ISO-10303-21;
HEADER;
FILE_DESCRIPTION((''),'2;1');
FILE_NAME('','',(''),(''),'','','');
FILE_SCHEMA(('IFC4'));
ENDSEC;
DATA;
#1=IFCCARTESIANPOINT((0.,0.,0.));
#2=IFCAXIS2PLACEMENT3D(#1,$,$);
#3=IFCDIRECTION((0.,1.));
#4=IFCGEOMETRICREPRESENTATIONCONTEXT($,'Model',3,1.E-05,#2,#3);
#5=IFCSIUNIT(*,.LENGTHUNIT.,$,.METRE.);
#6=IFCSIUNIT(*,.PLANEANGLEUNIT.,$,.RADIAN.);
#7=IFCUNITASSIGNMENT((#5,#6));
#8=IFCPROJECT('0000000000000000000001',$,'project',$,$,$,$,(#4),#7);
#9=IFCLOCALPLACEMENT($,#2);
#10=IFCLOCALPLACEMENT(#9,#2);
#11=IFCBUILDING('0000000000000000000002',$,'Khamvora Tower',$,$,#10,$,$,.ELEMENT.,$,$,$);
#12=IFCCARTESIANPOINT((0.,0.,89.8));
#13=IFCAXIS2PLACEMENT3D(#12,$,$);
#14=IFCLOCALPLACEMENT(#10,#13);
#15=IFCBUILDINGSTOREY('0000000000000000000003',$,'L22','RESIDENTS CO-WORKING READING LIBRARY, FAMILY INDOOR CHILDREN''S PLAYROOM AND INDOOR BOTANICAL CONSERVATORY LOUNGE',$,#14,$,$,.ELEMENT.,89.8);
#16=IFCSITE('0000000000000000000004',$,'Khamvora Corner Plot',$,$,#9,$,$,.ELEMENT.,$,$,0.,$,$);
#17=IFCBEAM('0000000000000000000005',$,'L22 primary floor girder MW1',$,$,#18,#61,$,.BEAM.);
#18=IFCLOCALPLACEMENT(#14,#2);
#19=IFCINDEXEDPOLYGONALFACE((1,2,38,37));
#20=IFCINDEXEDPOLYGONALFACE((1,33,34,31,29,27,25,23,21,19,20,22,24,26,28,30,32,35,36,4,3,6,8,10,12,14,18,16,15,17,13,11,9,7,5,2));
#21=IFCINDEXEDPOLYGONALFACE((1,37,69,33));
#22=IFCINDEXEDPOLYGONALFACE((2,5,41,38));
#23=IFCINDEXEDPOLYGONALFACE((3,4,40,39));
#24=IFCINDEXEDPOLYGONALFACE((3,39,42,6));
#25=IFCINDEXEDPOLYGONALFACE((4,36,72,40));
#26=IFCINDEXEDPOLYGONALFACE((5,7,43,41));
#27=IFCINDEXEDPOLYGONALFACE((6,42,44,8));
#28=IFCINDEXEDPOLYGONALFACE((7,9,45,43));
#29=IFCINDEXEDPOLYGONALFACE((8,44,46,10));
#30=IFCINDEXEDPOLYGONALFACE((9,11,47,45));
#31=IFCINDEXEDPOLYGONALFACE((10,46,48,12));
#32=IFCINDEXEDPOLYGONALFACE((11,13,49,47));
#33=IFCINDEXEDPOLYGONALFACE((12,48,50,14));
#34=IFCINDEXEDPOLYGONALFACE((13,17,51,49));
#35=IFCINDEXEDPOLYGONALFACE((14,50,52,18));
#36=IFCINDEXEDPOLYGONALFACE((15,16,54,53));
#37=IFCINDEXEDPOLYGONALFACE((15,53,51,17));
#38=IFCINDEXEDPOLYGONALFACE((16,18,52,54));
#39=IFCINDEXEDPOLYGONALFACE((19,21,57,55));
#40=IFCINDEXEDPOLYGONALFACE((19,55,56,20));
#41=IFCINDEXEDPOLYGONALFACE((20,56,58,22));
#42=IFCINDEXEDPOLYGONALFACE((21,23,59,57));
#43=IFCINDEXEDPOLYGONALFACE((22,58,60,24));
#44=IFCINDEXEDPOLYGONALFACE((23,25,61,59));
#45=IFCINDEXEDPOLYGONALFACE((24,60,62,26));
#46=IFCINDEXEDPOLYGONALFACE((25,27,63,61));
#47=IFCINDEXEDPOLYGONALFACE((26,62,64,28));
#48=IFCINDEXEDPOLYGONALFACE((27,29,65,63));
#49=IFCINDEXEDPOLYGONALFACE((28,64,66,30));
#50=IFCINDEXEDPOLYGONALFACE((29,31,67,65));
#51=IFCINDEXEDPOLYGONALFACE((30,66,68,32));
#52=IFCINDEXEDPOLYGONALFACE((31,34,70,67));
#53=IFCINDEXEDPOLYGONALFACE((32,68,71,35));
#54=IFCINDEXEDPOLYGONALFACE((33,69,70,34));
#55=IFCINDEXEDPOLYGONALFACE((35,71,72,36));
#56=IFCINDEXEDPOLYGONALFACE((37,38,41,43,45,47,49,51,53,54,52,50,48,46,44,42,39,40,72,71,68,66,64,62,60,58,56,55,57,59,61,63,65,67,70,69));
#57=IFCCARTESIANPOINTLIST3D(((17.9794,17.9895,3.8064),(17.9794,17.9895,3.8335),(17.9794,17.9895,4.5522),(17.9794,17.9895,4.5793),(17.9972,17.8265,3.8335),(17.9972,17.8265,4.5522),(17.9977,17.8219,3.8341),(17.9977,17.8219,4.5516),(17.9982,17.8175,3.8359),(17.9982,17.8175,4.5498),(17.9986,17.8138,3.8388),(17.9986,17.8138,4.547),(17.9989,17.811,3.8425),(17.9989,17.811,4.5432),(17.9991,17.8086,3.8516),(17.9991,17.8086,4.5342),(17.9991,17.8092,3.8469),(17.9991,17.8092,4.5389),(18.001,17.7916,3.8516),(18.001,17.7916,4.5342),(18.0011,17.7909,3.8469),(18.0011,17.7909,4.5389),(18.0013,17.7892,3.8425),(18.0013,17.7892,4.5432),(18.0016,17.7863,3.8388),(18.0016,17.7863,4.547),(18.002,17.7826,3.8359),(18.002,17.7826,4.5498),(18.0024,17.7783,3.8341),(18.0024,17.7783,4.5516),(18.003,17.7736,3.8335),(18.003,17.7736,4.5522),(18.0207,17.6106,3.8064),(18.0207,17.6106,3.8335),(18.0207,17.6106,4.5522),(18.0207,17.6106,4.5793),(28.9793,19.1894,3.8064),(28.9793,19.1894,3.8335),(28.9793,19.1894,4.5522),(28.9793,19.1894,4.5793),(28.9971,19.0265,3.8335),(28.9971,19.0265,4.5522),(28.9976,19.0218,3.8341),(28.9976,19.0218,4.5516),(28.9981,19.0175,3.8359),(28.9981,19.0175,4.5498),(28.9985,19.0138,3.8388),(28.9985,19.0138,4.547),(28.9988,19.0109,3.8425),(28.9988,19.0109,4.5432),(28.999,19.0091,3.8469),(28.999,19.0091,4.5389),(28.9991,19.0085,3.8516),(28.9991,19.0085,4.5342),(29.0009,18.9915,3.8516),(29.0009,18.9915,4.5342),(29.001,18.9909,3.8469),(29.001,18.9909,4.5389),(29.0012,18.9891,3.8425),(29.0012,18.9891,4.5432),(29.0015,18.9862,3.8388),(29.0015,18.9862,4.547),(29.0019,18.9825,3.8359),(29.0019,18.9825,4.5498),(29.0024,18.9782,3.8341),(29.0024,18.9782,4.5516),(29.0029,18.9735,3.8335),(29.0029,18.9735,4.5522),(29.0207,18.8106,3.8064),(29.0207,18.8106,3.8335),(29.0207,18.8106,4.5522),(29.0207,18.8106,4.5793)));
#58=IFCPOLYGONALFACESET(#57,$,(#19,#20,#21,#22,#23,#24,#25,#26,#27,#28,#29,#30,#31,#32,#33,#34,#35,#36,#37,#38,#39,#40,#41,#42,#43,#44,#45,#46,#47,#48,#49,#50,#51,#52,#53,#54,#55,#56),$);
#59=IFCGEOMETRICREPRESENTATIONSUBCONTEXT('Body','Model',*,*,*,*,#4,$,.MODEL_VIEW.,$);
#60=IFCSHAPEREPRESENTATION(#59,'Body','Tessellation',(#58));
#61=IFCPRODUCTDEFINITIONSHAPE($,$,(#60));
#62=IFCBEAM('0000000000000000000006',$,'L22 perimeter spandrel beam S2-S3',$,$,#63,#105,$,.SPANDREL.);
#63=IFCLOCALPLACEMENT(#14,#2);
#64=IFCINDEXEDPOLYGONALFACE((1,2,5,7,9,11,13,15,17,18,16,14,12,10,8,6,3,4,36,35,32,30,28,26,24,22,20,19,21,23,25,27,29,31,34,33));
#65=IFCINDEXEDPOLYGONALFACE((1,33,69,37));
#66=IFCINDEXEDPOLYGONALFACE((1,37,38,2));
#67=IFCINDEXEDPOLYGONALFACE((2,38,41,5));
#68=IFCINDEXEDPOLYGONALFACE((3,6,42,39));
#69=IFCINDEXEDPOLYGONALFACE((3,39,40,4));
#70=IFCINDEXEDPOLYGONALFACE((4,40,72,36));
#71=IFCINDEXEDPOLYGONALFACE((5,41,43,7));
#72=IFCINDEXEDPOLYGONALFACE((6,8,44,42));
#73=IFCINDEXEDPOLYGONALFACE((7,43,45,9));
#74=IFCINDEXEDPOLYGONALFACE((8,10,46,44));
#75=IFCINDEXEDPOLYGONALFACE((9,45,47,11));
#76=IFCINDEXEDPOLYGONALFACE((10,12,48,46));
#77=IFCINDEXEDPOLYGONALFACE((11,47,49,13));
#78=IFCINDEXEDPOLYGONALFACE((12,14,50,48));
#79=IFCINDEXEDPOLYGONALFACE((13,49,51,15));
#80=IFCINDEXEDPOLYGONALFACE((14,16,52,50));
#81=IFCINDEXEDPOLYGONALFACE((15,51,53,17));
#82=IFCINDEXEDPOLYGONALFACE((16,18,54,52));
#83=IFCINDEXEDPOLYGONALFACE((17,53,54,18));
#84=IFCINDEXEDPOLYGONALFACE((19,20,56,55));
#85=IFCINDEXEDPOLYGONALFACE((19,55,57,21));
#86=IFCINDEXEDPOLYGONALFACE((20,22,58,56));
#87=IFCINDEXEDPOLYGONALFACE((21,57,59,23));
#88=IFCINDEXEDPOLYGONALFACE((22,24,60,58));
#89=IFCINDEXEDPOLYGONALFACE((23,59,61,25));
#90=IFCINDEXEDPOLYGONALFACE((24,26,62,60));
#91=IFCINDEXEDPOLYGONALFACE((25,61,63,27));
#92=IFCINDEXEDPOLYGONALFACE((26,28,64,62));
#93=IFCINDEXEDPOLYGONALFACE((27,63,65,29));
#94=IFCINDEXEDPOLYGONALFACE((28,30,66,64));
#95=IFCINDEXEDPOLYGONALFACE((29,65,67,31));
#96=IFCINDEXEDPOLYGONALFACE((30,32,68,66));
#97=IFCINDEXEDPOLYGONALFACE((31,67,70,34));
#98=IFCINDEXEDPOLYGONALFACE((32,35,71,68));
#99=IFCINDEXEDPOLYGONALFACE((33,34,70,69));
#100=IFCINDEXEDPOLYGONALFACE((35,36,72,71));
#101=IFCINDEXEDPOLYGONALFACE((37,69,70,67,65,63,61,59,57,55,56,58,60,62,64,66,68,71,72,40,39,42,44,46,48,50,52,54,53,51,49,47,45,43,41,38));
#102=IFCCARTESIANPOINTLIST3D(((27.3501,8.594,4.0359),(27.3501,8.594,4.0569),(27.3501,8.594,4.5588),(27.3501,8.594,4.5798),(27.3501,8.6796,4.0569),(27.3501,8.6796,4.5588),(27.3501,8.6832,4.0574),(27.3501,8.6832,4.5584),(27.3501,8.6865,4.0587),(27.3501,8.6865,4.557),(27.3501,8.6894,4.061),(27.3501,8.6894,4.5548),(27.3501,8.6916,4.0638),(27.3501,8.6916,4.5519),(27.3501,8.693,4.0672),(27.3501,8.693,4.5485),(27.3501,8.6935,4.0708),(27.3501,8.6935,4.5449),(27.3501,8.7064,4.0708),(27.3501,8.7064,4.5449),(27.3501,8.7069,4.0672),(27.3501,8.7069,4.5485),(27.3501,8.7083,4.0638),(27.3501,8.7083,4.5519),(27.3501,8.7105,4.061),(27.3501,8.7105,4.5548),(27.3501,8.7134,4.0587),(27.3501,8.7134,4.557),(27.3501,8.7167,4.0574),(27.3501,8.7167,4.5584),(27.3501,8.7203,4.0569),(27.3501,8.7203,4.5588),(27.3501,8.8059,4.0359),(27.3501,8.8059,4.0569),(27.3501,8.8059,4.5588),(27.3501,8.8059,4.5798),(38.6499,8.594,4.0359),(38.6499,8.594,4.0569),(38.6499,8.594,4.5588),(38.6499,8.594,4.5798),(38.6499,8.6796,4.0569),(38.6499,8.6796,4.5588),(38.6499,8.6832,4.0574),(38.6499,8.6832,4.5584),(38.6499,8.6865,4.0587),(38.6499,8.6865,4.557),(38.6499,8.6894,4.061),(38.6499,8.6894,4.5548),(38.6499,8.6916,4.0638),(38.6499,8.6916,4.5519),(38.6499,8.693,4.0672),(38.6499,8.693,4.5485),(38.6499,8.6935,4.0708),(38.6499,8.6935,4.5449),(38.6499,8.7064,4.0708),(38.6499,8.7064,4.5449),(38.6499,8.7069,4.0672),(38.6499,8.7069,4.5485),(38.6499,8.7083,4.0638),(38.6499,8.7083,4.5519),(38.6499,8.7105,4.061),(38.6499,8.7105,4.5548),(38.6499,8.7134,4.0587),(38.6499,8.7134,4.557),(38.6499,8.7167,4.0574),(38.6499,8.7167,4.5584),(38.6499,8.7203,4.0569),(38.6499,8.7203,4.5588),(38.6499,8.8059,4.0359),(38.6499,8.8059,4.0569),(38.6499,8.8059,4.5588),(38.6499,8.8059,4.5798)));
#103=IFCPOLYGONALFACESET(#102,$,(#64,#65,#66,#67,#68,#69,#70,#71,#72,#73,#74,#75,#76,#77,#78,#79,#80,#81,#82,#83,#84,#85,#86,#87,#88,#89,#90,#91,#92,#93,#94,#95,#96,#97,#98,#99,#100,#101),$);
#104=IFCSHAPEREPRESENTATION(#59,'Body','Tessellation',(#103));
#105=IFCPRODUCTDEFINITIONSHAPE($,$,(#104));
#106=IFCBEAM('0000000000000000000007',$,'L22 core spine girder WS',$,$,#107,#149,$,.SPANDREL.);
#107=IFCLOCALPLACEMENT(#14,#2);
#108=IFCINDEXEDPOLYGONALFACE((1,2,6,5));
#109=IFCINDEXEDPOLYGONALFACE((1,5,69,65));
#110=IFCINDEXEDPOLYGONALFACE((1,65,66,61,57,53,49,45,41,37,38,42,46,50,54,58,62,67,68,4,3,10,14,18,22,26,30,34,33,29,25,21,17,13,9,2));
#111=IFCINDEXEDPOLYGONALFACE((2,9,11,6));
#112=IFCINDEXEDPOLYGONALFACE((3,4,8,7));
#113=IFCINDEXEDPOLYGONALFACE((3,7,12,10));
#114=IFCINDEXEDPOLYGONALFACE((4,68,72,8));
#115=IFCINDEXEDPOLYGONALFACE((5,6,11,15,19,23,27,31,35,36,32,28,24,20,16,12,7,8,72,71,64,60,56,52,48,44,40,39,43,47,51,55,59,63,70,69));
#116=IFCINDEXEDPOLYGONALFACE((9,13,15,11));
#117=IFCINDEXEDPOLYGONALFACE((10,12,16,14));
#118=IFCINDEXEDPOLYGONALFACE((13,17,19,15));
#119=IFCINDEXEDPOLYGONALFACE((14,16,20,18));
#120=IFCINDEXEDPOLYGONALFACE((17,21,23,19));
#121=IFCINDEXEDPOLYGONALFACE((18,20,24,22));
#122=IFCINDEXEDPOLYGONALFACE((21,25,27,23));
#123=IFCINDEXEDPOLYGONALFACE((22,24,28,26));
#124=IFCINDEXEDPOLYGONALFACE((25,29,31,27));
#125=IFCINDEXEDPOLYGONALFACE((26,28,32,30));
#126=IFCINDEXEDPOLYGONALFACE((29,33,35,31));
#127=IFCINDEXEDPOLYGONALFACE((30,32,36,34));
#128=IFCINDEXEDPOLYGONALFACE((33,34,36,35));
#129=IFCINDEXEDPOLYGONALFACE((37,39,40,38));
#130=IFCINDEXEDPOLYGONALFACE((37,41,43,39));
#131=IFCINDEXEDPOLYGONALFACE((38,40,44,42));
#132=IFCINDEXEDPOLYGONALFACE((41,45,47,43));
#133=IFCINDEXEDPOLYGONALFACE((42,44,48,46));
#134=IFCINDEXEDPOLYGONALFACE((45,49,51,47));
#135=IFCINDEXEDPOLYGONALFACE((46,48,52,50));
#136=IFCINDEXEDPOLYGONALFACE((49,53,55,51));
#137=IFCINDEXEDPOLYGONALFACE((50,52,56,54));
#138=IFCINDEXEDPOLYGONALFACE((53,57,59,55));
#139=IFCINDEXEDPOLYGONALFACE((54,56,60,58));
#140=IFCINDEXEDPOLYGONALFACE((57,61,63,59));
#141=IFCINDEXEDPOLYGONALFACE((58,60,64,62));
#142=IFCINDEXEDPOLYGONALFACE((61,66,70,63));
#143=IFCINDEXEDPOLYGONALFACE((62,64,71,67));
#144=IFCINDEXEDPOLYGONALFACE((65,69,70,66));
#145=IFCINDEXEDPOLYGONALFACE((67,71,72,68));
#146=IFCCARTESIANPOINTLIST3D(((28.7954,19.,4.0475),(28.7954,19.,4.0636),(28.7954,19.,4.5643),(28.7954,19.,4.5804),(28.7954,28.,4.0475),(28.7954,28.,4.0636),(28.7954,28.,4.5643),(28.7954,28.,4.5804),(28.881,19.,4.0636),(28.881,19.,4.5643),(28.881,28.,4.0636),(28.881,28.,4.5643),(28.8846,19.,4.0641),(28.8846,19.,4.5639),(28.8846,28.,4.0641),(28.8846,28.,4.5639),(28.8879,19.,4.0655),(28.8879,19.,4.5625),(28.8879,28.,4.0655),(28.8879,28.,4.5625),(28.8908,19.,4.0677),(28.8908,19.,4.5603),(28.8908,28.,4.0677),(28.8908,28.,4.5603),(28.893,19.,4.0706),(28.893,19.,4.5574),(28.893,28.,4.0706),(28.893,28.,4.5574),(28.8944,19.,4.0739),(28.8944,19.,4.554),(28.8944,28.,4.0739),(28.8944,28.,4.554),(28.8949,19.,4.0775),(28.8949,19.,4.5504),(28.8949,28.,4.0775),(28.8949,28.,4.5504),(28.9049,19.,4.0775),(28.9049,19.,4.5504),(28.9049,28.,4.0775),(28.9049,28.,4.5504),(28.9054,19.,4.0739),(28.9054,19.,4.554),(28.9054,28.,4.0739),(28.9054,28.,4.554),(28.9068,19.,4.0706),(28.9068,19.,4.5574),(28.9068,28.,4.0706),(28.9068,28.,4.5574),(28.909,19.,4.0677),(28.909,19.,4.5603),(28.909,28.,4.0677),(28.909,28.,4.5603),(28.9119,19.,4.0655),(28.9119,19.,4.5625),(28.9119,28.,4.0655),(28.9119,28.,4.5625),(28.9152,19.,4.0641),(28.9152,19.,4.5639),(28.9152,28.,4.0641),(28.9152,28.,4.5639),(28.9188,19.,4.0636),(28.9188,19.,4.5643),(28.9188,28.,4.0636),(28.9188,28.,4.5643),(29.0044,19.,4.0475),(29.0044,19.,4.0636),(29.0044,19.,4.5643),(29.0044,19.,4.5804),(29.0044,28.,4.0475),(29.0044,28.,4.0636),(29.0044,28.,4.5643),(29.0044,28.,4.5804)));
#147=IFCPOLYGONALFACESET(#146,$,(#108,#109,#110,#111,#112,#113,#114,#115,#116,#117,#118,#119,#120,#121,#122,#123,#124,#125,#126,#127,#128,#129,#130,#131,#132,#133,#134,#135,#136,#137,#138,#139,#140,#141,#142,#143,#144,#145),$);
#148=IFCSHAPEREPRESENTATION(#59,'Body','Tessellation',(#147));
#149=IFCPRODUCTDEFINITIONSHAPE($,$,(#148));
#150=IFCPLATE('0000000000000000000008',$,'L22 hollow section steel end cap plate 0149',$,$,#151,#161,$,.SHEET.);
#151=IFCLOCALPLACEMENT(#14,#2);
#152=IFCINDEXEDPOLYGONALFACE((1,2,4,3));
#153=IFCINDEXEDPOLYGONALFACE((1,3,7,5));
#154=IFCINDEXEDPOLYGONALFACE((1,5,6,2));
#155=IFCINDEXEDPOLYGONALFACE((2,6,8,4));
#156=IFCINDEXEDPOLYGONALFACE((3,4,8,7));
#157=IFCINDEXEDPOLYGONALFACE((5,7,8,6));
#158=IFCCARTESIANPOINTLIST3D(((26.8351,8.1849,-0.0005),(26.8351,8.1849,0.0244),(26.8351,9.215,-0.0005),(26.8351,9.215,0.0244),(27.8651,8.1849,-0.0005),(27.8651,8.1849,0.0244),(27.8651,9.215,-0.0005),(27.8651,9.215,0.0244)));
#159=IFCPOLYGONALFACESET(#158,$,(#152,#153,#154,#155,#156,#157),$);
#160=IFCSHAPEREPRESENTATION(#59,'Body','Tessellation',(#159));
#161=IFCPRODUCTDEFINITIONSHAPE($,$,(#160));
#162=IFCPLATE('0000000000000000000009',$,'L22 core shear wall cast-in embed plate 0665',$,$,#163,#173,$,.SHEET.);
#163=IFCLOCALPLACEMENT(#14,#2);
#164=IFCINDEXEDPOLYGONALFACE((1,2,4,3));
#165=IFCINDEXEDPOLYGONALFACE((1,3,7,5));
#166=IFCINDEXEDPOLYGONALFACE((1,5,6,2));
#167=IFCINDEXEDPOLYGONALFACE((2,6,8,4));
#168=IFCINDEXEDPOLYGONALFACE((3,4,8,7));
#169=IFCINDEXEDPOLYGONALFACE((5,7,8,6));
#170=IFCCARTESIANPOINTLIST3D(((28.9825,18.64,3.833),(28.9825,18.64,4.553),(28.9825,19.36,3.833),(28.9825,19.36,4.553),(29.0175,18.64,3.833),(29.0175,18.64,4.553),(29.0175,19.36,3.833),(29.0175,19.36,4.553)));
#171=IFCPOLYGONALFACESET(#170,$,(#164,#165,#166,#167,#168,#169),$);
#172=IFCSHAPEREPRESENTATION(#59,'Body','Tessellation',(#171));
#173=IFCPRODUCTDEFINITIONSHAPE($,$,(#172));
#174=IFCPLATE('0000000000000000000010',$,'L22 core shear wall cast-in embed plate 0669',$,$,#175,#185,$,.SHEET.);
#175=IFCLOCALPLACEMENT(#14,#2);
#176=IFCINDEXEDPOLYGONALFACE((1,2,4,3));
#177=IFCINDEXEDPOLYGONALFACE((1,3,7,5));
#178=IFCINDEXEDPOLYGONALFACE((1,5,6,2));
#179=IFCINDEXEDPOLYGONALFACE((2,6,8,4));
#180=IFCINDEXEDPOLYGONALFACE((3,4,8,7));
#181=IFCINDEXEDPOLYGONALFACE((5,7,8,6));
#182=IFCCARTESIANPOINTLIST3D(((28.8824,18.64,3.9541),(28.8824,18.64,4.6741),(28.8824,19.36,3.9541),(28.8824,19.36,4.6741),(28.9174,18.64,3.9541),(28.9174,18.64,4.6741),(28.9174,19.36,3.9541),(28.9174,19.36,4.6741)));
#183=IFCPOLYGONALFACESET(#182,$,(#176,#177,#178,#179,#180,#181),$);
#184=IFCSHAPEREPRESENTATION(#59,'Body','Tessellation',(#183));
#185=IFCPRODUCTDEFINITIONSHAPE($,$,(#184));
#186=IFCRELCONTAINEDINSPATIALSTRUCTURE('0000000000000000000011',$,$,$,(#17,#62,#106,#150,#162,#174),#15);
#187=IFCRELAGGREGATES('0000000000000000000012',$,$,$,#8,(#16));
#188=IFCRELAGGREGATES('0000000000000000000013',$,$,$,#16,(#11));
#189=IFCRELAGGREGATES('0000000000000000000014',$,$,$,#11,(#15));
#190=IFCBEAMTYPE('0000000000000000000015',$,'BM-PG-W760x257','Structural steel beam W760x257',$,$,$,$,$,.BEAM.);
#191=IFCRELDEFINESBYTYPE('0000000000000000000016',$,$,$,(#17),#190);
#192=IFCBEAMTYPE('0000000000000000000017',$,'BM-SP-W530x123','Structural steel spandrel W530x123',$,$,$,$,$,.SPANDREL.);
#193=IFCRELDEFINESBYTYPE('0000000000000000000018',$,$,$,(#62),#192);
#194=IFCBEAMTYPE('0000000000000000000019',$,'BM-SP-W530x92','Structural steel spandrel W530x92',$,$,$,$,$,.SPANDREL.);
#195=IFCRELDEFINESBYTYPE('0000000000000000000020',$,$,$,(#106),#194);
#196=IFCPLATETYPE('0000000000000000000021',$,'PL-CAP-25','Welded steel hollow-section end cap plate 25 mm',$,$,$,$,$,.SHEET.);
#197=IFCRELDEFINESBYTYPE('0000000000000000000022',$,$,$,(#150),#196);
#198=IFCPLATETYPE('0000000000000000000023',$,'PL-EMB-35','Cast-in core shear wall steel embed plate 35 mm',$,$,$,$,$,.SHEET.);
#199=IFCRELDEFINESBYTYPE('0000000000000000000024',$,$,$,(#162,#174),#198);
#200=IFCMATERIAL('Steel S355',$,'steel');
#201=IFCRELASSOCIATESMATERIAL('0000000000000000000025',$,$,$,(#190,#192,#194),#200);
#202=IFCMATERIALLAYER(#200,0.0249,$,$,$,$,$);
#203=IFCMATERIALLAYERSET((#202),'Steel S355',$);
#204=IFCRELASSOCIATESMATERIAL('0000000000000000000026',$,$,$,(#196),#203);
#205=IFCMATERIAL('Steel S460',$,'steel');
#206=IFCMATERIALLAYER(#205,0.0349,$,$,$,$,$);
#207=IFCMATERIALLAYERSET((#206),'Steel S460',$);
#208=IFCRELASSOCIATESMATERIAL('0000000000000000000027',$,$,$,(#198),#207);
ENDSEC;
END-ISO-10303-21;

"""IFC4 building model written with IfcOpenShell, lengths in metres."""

from ifc_helpers import new_model, si_unit, direction, frame, origin, origin_2d, place, context, subcontext, project, spatial, rectangle, i_section, extrude, material, layer, layer_set, material_profile, profile_set, type_object, element, save


model = new_model("IFC4")

# Units and contexts
model_context = context("Model", 3, precision=1e-05, world=origin(), true_north=direction((0.0, 1.0)))
body_context = subcontext(model_context, "Body", "Model", "MODEL_VIEW")
ifc_project = project(units=[si_unit("LENGTHUNIT", "METRE"), si_unit("PLANEANGLEUNIT", "RADIAN")], contexts=[model_context])

# Site, building, storey
site_placement = place(None, origin())
site = spatial("IfcSite", under=ifc_project, at=site_placement, Name="Khamvora Corner Plot", CompositionType="ELEMENT", RefElevation=0.0)
building_placement = place(site_placement, origin())
building = spatial("IfcBuilding", under=site, at=building_placement, Name="Khamvora Tower", CompositionType="ELEMENT")
storey_placement = place(building_placement, frame((0.0, 0.0, 89.8)))
storey = spatial("IfcBuildingStorey", under=building, at=storey_placement, Name="L22", Description="RESIDENTS CO-WORKING READING LIBRARY, FAMILY INDOOR CHILDREN'S PLAYROOM AND INDOOR BOTANICAL CONSERVATORY LOUNGE", CompositionType="ELEMENT", Elevation=89.8)

# Shared definitions
ifc_material_1 = material(Name="Steel S355", Category="steel")
ifc_material_2 = material(Name="Steel S460", Category="steel")

# Beams
ifc_material_profile_1 = material_profile(ifc_material_1, i_section(OverallWidth=0.3811, OverallDepth=0.7729, WebThickness=0.0171, FlangeThickness=0.0271, FilletRadius=0.0181, at=origin_2d()), Name="W760x257")
ifc_profile_set_1 = profile_set([ifc_material_profile_1], Name="Steel S355")
beam_type_1 = type_object("IfcBeamType", Name="BM-PG-W760x257", Description="Structural steel beam W760x257", PredefinedType="BEAM", material=ifc_profile_set_1)
beam_1_placement = place(storey_placement, frame((29.0, 19.0, 4.1929), z_axis=(-0.994103, -0.108443, 0.0), x_axis=(0.108443, -0.994103, 0.0)))
element("IfcBeam", 1, at=beam_1_placement, inside=storey, type_object=beam_type_1, Name="L22 primary floor girder MW1", PredefinedType="BEAM", context=body_context, shape_type="SweptSolid", body=[
    extrude(i_section(OverallWidth=0.3811, OverallDepth=0.7729, WebThickness=0.0171, FlangeThickness=0.0271, FilletRadius=0.0181, at=origin_2d()), origin(), (0.0, 0.0, 1.0), 11.0652),
])
ifc_material_profile_2 = material_profile(ifc_material_1, i_section(OverallWidth=0.2119, OverallDepth=0.5439, WebThickness=0.0129, FlangeThickness=0.021, FilletRadius=0.0139, at=origin_2d()), Name="W530x123")
ifc_profile_set_2 = profile_set([ifc_material_profile_2], Name="Steel S355")
beam_type_2 = type_object("IfcBeamType", Name="BM-SP-W530x123", Description="Structural steel spandrel W530x123", PredefinedType="SPANDREL", material=ifc_profile_set_2)
beam_2_placement = place(storey_placement, frame((27.3501, 8.7, 4.3079), z_axis=(1.0, 0.0, 0.0), x_axis=(0.0, 1.0, 0.0)))
element("IfcBeam", 2, at=beam_2_placement, inside=storey, type_object=beam_type_2, Name="L22 perimeter spandrel beam S2-S3", PredefinedType="SPANDREL", context=body_context, shape_type="SweptSolid", body=[
    extrude(i_section(OverallWidth=0.2119, OverallDepth=0.5439, WebThickness=0.0129, FlangeThickness=0.021, FilletRadius=0.0139, at=origin_2d()), origin(), (0.0, 0.0, 1.0), 11.2998),
])
ifc_material_profile_3 = material_profile(ifc_material_1, i_section(OverallWidth=0.209, OverallDepth=0.533, WebThickness=0.01, FlangeThickness=0.0161, FilletRadius=0.0139, at=origin_2d()), Name="W530x92")
ifc_profile_set_3 = profile_set([ifc_material_profile_3], Name="Steel S355")
beam_type_3 = type_object("IfcBeamType", Name="BM-SP-W530x92", Description="Structural steel spandrel W530x92", PredefinedType="SPANDREL", material=ifc_profile_set_3)
beam_3_placement = place(storey_placement, frame((28.8999, 19.0, 4.314), z_axis=(0.0, 1.0, 0.0), x_axis=(-1.0, 0.0, 0.0)))
element("IfcBeam", 3, at=beam_3_placement, inside=storey, type_object=beam_type_3, Name="L22 core spine girder WS", PredefinedType="SPANDREL", context=body_context, shape_type="SweptSolid", body=[
    extrude(i_section(OverallWidth=0.209, OverallDepth=0.533, WebThickness=0.01, FlangeThickness=0.0161, FilletRadius=0.0139, at=origin_2d()), origin(), (0.0, 0.0, 1.0), 9.0),
])

# Plates
ifc_layer_1 = layer(ifc_material_1, 0.0249)
ifc_layer_set_1 = layer_set([ifc_layer_1], Name="Steel S355")
plate_type_1 = type_object("IfcPlateType", Name="PL-CAP-25", Description="Welded steel hollow-section end cap plate 25 mm", PredefinedType="SHEET", material=ifc_layer_set_1)
plate_placement = place(storey_placement, frame((27.3501, 8.7, -0.0005), z_axis=(0.0, 0.0, 1.0), x_axis=(1.0, 0.0, 0.0)))
element("IfcPlate", 4, at=plate_placement, inside=storey, type_object=plate_type_1, Name="L22 hollow section steel end cap plate 0149", PredefinedType="SHEET", context=body_context, shape_type="SweptSolid", body=[
    extrude(rectangle(XDim=1.03, YDim=1.03, at=origin_2d()), origin(), (0.0, 0.0, 1.0), 0.0249),
])
ifc_layer_2 = layer(ifc_material_2, 0.0349)
ifc_layer_set_2 = layer_set([ifc_layer_2], Name="Steel S460")
plate_type_2 = type_object("IfcPlateType", Name="PL-EMB-35", Description="Cast-in core shear wall steel embed plate 35 mm", PredefinedType="SHEET", material=ifc_layer_set_2)
for number, where, z_axis, x_axis, name in (
    (5, (29.0, 19.0, 3.833), (0.0, 0.0, 1.0), (1.0, 0.0, 0.0), "L22 core shear wall cast-in embed plate 0665"),
    (6, (28.8999, 19.0, 3.9541), (0.0, 0.0, 1.0), (1.0, 0.0, 0.0), "L22 core shear wall cast-in embed plate 0669"),
):
    element("IfcPlate", number, at=place(storey_placement, frame(where, z_axis=z_axis, x_axis=x_axis)), inside=storey, type_object=plate_type_2, Name=name, PredefinedType="SHEET", context=body_context, shape_type="SweptSolid", body=[
        extrude(rectangle(XDim=0.0349, YDim=0.72, at=origin_2d()), origin(), (0.0, 0.0, 1.0), 0.72),
    ])

save(model, "model.ifc")
